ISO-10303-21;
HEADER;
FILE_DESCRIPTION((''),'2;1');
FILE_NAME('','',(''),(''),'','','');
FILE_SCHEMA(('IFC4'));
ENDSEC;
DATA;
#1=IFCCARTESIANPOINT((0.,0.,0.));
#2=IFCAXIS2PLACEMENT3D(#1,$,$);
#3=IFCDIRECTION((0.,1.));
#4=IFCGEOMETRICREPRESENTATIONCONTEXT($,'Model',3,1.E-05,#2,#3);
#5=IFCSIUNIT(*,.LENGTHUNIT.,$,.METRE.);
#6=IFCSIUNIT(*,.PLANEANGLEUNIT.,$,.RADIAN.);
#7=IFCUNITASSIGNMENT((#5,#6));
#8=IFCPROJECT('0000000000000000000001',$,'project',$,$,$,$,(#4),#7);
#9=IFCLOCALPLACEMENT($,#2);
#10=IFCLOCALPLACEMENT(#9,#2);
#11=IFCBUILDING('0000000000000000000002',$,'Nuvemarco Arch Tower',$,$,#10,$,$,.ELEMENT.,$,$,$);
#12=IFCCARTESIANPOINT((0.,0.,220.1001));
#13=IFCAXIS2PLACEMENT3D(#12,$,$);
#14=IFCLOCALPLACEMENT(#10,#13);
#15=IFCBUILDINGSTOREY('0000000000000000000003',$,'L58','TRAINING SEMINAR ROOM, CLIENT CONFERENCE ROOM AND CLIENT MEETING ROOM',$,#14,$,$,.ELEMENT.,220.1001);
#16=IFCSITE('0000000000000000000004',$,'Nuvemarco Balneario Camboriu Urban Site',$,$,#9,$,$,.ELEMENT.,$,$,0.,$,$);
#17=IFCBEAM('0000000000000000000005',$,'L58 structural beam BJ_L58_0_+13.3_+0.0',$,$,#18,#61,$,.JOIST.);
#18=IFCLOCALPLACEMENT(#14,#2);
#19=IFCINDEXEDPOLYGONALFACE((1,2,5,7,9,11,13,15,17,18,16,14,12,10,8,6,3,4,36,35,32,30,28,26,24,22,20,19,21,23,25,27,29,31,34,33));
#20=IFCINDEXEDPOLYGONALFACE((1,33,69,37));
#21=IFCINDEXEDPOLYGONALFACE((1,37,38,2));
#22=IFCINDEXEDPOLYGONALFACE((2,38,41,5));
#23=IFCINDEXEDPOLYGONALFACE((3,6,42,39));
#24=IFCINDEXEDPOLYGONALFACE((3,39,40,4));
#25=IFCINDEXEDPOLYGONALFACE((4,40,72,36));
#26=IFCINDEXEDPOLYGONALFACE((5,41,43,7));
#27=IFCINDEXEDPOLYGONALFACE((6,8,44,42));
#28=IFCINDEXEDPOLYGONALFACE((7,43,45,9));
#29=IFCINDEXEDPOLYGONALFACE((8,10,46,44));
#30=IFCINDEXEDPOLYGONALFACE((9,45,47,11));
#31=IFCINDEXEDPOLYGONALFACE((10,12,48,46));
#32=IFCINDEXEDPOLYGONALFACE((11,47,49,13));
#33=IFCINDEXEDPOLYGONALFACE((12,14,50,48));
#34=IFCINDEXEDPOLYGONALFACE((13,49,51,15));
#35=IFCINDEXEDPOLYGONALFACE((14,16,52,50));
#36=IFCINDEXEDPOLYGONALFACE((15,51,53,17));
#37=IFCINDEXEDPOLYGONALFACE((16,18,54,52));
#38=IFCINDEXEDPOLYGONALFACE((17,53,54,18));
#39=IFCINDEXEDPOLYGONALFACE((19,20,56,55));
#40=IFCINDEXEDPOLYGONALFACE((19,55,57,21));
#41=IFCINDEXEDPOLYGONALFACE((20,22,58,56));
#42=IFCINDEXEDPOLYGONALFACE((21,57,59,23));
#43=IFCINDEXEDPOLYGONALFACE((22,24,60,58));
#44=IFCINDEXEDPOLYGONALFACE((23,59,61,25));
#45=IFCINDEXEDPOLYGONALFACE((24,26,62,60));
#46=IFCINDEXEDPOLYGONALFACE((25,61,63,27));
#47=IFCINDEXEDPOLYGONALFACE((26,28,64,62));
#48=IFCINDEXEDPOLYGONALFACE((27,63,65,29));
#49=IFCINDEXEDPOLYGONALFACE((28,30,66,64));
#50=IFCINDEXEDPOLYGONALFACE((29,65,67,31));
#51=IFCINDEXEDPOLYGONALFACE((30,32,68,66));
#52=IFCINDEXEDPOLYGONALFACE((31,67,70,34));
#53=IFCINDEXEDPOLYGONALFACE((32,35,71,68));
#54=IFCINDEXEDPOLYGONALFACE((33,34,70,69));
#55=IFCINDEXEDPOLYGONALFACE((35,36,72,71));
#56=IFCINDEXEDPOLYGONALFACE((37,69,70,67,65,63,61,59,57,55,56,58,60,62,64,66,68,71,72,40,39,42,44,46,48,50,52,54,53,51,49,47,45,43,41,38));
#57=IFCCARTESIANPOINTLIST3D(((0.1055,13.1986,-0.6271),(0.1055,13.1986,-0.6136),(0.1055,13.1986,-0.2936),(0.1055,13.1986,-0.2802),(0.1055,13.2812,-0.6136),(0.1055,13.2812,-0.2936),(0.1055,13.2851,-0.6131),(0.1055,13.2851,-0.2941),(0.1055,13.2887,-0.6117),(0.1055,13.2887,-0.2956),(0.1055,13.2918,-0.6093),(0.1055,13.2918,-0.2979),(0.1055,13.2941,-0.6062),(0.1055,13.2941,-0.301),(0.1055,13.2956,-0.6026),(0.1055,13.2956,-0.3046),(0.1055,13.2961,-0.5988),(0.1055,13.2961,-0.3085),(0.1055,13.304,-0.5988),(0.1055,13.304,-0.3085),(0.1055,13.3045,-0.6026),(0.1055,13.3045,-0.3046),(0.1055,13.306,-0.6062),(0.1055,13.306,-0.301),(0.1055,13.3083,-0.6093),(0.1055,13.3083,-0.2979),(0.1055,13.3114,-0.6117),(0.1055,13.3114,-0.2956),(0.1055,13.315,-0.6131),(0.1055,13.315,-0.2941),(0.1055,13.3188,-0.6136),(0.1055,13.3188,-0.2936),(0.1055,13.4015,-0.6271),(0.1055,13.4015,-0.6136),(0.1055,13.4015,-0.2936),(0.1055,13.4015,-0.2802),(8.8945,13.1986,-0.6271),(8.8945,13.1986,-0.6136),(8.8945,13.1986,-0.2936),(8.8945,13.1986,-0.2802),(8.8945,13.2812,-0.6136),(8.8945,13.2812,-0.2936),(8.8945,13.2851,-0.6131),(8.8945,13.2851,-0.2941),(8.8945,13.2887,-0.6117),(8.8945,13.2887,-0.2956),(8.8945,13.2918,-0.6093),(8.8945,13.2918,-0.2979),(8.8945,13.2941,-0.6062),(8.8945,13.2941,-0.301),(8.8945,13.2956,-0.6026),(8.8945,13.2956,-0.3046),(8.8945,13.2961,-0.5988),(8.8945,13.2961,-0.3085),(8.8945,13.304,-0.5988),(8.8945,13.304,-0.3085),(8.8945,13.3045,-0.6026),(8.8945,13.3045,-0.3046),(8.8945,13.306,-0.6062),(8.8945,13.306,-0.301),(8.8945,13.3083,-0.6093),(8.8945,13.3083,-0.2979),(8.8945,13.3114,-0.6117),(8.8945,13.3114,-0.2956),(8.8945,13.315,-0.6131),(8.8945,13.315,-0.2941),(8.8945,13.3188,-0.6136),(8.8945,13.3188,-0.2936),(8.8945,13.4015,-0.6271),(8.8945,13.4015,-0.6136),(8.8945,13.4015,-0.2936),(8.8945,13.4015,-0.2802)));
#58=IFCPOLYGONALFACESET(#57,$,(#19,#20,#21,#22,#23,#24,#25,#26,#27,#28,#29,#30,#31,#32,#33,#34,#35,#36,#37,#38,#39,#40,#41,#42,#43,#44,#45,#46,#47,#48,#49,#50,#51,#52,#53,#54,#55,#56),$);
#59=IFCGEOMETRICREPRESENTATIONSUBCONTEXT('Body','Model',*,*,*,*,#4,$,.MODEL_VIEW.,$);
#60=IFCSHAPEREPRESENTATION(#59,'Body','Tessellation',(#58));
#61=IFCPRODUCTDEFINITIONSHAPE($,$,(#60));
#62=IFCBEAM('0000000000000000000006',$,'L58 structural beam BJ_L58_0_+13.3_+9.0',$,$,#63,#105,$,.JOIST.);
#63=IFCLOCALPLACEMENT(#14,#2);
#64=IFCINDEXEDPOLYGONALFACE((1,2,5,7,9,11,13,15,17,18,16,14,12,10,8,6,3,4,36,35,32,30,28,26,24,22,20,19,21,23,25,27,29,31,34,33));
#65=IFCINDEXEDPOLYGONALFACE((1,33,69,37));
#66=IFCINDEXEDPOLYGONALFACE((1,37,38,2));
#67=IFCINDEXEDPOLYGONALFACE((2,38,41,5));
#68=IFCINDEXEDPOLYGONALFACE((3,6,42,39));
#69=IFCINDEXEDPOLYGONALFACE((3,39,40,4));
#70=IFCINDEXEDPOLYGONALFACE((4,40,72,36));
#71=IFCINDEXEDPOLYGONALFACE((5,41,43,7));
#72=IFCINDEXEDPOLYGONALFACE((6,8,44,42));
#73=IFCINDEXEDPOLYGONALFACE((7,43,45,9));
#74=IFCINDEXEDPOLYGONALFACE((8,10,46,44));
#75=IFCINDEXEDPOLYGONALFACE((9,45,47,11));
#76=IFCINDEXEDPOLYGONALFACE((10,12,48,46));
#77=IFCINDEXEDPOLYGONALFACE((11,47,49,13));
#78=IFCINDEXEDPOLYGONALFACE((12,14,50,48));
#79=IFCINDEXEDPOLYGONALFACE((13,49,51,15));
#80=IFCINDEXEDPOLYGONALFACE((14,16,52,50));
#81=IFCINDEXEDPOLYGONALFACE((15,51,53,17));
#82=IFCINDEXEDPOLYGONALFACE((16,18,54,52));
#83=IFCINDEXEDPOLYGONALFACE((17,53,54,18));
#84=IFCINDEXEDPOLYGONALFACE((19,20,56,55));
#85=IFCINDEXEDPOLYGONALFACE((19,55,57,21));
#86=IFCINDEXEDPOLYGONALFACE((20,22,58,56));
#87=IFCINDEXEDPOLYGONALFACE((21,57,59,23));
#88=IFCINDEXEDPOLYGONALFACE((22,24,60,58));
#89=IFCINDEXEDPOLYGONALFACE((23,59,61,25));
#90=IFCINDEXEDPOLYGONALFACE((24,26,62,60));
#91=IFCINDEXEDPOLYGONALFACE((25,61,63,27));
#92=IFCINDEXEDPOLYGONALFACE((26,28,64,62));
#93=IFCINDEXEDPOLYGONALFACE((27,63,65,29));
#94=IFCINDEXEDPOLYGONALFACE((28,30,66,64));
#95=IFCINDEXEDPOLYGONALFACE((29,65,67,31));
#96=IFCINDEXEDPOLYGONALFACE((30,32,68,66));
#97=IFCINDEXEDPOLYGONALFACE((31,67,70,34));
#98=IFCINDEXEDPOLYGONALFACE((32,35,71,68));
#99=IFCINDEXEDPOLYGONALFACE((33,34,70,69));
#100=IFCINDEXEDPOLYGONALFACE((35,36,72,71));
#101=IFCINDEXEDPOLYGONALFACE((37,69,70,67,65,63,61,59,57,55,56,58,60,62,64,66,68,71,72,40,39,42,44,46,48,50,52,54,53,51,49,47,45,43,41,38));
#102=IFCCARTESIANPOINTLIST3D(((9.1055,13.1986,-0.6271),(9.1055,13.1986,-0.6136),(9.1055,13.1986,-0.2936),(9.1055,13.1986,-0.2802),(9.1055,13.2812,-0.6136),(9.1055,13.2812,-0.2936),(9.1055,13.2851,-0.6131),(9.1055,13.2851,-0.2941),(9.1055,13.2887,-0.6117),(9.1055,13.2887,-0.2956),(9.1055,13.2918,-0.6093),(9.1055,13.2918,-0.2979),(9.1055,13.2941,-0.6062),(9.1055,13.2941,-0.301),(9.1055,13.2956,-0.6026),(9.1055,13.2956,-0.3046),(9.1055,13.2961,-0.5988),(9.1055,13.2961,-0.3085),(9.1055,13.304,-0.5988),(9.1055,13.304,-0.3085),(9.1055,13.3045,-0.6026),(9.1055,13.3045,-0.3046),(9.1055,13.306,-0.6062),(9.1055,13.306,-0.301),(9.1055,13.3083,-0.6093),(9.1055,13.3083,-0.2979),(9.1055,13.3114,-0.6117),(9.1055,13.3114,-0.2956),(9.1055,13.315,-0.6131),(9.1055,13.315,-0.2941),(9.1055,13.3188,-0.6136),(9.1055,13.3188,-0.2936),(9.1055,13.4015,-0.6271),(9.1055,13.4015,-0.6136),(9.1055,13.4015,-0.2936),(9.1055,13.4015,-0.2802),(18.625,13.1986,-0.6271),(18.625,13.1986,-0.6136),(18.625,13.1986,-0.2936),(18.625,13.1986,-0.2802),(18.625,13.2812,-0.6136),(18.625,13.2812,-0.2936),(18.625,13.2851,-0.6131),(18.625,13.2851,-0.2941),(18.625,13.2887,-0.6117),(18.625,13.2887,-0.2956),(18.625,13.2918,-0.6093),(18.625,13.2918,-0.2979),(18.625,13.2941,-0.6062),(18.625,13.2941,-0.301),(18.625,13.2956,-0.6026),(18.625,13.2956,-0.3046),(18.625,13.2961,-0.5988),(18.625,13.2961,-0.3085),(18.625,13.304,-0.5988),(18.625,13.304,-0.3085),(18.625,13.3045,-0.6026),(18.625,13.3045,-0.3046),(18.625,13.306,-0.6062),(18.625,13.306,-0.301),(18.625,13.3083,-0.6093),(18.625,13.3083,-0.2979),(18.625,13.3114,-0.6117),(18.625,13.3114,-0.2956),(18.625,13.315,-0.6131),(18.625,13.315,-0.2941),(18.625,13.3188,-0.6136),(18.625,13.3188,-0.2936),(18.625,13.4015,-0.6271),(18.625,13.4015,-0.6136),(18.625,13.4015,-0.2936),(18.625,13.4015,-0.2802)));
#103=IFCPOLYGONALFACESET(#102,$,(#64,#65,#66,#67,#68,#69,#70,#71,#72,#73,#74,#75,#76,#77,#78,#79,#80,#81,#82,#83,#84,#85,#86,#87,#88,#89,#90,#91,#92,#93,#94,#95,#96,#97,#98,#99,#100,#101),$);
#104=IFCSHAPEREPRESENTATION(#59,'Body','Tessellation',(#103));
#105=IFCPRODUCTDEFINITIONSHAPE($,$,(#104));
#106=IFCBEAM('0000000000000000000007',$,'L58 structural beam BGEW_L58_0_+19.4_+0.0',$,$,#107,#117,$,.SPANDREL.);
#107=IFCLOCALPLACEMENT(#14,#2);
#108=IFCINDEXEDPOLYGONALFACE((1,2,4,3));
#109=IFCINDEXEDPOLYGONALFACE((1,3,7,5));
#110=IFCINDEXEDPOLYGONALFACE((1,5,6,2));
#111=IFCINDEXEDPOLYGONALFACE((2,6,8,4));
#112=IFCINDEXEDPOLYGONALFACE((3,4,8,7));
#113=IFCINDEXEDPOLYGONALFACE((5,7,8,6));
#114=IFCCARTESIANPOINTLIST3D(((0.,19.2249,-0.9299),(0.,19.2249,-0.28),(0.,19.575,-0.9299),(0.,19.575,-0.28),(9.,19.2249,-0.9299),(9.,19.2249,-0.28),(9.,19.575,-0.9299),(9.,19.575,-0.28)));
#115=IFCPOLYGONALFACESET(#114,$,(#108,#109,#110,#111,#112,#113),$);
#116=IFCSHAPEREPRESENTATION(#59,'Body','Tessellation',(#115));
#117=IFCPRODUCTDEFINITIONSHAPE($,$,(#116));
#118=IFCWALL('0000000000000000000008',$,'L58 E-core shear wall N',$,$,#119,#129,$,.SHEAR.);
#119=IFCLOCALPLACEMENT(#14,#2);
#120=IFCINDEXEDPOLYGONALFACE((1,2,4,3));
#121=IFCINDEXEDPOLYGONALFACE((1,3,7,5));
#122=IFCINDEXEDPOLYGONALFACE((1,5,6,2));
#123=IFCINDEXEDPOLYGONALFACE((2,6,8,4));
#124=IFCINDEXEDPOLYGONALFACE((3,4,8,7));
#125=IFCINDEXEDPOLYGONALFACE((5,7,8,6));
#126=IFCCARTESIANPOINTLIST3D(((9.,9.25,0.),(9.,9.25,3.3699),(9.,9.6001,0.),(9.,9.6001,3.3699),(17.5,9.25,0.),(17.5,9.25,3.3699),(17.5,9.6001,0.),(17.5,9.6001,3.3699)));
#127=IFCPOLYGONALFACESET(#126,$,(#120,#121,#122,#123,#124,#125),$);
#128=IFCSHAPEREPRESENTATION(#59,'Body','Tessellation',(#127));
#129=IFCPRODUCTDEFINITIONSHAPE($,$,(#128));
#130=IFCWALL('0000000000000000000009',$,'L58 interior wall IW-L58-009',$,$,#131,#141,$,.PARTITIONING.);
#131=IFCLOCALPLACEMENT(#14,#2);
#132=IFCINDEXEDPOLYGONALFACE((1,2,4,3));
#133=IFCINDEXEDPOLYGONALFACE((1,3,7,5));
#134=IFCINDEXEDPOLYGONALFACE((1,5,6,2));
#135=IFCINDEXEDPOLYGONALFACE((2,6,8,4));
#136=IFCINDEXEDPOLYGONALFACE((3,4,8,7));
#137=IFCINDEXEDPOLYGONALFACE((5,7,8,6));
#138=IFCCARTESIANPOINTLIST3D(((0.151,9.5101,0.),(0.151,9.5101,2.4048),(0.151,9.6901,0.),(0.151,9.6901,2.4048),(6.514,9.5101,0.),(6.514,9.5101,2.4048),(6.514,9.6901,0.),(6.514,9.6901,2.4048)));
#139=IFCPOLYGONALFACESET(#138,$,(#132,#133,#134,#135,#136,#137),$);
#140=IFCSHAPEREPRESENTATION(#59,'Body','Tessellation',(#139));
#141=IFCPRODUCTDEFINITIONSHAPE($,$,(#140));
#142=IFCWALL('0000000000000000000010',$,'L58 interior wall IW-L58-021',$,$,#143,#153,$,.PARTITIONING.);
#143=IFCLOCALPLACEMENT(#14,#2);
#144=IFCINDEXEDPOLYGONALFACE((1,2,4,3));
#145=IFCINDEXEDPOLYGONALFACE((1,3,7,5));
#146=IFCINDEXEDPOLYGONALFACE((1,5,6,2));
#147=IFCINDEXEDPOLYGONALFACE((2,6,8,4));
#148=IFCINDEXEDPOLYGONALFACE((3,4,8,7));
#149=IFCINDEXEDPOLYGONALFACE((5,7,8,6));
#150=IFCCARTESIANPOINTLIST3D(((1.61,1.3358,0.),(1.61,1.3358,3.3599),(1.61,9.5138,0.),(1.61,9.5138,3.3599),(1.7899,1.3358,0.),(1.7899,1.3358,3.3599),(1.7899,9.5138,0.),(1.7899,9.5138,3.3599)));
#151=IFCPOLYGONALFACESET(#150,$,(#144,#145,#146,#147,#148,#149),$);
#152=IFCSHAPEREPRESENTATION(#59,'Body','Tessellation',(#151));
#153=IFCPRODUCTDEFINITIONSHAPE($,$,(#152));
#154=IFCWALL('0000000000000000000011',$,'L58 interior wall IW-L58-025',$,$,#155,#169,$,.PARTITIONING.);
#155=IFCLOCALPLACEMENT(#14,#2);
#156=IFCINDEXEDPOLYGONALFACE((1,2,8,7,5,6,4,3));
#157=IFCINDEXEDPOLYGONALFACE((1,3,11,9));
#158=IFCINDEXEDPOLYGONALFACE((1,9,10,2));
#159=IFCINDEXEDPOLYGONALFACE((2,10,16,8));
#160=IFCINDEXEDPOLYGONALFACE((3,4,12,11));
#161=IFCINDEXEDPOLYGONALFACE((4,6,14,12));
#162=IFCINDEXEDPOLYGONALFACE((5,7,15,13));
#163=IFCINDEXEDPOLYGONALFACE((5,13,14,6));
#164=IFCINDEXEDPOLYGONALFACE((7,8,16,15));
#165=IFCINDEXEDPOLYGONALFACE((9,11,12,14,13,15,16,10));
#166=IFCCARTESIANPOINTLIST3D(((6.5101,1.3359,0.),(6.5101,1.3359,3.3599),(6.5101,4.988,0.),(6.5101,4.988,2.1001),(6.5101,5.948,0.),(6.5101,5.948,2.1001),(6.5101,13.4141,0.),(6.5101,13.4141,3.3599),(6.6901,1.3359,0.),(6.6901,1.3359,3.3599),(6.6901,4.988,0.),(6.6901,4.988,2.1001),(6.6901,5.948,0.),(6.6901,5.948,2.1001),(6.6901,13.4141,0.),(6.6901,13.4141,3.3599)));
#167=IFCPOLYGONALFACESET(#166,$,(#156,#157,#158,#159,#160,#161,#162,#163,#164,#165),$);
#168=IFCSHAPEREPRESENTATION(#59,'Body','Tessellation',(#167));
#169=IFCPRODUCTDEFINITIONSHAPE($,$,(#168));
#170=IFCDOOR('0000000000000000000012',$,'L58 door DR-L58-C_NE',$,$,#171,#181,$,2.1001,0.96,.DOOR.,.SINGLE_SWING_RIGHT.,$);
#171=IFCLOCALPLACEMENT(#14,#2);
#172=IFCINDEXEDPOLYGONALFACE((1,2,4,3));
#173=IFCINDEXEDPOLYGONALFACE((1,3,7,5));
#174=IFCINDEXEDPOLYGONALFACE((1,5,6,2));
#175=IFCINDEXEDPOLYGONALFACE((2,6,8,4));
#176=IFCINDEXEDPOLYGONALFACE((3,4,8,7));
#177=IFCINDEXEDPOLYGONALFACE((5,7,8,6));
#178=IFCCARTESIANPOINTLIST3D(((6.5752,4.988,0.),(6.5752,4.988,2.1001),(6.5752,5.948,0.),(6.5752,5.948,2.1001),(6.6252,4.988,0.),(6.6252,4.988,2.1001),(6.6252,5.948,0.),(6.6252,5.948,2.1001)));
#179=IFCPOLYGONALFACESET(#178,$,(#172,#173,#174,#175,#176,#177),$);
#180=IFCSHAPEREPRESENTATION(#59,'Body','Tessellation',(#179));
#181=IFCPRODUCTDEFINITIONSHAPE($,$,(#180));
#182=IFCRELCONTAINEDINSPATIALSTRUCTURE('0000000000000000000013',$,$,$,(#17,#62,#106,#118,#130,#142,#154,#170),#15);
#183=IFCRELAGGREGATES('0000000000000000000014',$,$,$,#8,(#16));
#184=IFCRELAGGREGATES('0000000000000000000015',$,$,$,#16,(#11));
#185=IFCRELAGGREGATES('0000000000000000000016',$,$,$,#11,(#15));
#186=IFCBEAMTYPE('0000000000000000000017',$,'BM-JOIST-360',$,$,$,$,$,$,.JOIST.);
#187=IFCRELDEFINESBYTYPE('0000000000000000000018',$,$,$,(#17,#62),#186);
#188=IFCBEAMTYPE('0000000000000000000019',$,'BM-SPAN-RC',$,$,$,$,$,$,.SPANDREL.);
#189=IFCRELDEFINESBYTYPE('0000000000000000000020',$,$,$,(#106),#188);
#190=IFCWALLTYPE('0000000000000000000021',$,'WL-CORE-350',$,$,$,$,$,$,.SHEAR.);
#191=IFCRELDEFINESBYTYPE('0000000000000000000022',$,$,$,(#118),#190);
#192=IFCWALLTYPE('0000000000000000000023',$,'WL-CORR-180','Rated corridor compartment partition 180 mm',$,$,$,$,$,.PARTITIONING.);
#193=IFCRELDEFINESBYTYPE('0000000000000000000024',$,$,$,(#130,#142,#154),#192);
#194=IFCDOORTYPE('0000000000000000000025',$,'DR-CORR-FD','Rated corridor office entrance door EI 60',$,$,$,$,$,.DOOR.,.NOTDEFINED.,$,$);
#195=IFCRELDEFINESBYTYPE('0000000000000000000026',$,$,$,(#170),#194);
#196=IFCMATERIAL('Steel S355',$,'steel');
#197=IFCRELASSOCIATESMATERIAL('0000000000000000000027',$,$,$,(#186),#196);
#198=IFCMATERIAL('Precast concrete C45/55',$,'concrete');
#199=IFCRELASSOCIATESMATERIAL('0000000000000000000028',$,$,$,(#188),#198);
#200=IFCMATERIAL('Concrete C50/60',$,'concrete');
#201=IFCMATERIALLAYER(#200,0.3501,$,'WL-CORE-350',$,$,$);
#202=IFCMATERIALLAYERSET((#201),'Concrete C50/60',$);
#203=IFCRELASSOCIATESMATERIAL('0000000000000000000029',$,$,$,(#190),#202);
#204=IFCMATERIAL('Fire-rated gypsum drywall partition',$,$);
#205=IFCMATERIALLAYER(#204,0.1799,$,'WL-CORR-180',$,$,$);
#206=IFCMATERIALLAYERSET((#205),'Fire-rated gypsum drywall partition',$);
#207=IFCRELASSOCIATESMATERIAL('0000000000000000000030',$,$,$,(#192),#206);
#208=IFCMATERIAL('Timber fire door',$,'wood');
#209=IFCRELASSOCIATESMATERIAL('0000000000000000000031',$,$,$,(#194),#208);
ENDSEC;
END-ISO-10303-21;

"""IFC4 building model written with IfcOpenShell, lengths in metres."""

from ifc_helpers import new_model, si_unit, direction, frame, frame_2d, origin, origin_2d, place, context, subcontext, project, spatial, rectangle, i_section, extrude, source, transform, mapped, material, layer, layer_set, material_profile, profile_set, type_object, type_shapes, element, fill, save


model = new_model("IFC4")

# Units and contexts
model_context = context("Model", 3, precision=1e-05, world=origin(), true_north=direction((0.0, 1.0)))
body_context = subcontext(model_context, "Body", "Model", "MODEL_VIEW")
ifc_project = project(units=[si_unit("LENGTHUNIT", "METRE"), si_unit("PLANEANGLEUNIT", "RADIAN")], contexts=[model_context])

# Site, building, storey
site_placement = place(None, origin())
site = spatial("IfcSite", under=ifc_project, at=site_placement, Name="Nuvemarco Balneario Camboriu Urban Site", CompositionType="ELEMENT", RefElevation=0.0)
building_placement = place(site_placement, origin())
building = spatial("IfcBuilding", under=site, at=building_placement, Name="Nuvemarco Arch Tower", CompositionType="ELEMENT")
storey_placement = place(building_placement, frame((0.0, 0.0, 220.1001)))
storey = spatial("IfcBuildingStorey", under=building, at=storey_placement, Name="L58", Description="TRAINING SEMINAR ROOM, CLIENT CONFERENCE ROOM AND CLIENT MEETING ROOM", CompositionType="ELEMENT", Elevation=220.1001)

# Shared definitions
ifc_material_1 = material(Name="Concrete C50/60", Category="concrete")
ifc_material_2 = material(Name="Steel S355", Category="steel")

# Beams
ifc_material_profile_1 = material_profile(ifc_material_2, i_section(OverallWidth=0.2029, OverallDepth=0.3469, WebThickness=0.0078, FlangeThickness=0.0134, FilletRadius=0.0149, at=origin_2d()), Name="W360x64")
ifc_profile_set_1 = profile_set([ifc_material_profile_1], Name="Steel S355")
beam_type_1 = type_object("IfcBeamType", Name="BM-JOIST-360", PredefinedType="JOIST", material=ifc_profile_set_1)
beam_1_placement = place(storey_placement, frame((0.1055, 13.3, -0.4536), z_axis=(1.0, 0.0, 0.0), x_axis=(0.0, 1.0, 0.0)))
element("IfcBeam", 1, at=beam_1_placement, inside=storey, type_object=beam_type_1, Name="L58 structural beam BJ_L58_0_+13.3_+0.0", PredefinedType="JOIST", context=body_context, shape_type="SweptSolid", body=[
    extrude(i_section(OverallWidth=0.2029, OverallDepth=0.3469, WebThickness=0.0078, FlangeThickness=0.0134, FilletRadius=0.0149, at=origin_2d()), origin(), (0.0, 0.0, 1.0), 8.7891),
])
beam_2_placement = place(storey_placement, frame((9.1055, 13.3, -0.4536), z_axis=(1.0, 0.0, 0.0), x_axis=(0.0, 1.0, 0.0)))
element("IfcBeam", 2, at=beam_2_placement, inside=storey, type_object=beam_type_1, Name="L58 structural beam BJ_L58_0_+13.3_+9.0", PredefinedType="JOIST", context=body_context, shape_type="SweptSolid", body=[
    extrude(i_section(OverallWidth=0.2029, OverallDepth=0.3469, WebThickness=0.0078, FlangeThickness=0.0134, FilletRadius=0.0149, at=origin_2d()), origin(), (0.0, 0.0, 1.0), 9.5195),
])
ifc_material_3 = material(Name="Precast concrete C45/55", Category="concrete")
ifc_material_profile_2 = material_profile(ifc_material_3, rectangle(XDim=0.3501, YDim=0.6499, at=origin_2d()), Name="PC-SP-350x650")
ifc_profile_set_2 = profile_set([ifc_material_profile_2], Name="Precast concrete C45/55")
beam_type_2 = type_object("IfcBeamType", Name="BM-SPAN-RC", PredefinedType="SPANDREL", material=ifc_profile_set_2)
beam_3_placement = place(storey_placement, frame((0.0, 19.3999, -0.605), z_axis=(1.0, 0.0, 0.0), x_axis=(0.0, 1.0, 0.0)))
element("IfcBeam", 3, at=beam_3_placement, inside=storey, type_object=beam_type_2, Name="L58 structural beam BGEW_L58_0_+19.4_+0.0", PredefinedType="SPANDREL", context=body_context, shape_type="SweptSolid", body=[
    extrude(rectangle(XDim=0.3501, YDim=0.6499, at=origin_2d()), origin(), (0.0, 0.0, 1.0), 9.0),
])

# Walls
ifc_layer_1 = layer(ifc_material_1, 0.3501, Name="WL-CORE-350")
ifc_layer_set_1 = layer_set([ifc_layer_1], Name="Concrete C50/60")
wall_type_1 = type_object("IfcWallType", Name="WL-CORE-350", PredefinedType="SHEAR", material=ifc_layer_set_1)
wall_1_placement = place(storey_placement, frame((9.0, 9.425, 0.0), z_axis=(0.0, 0.0, 1.0), x_axis=(1.0, 0.0, 0.0)))
element("IfcWall", 4, at=wall_1_placement, inside=storey, type_object=wall_type_1, Name="L58 E-core shear wall N", PredefinedType="SHEAR", context=body_context, shape_type="SweptSolid", body=[
    extrude(rectangle(XDim=8.5, YDim=0.3501, at=frame_2d((4.25, 0.0))), origin(), (0.0, 0.0, 1.0), 3.3699),
])
ifc_material_4 = material(Name="Fire-rated gypsum drywall partition")
ifc_layer_2 = layer(ifc_material_4, 0.1799, Name="WL-CORR-180")
ifc_layer_set_2 = layer_set([ifc_layer_2], Name="Fire-rated gypsum drywall partition")
wall_type_2 = type_object("IfcWallType", Name="WL-CORR-180", Description="Rated corridor compartment partition 180 mm", PredefinedType="PARTITIONING", material=ifc_layer_set_2)
wall_2_placement = place(storey_placement, frame((0.1509, 9.6001, 0.0), z_axis=(0.0, 0.0, 1.0), x_axis=(1.0, 0.0, 0.0)))
element("IfcWall", 5, at=wall_2_placement, inside=storey, type_object=wall_type_2, Name="L58 interior wall IW-L58-009", PredefinedType="PARTITIONING", context=body_context, shape_type="SweptSolid", body=[
    extrude(rectangle(XDim=6.363, YDim=0.1799, at=frame_2d((3.1816, 0.0))), origin(), (0.0, 0.0, 1.0), 2.4048),
])
wall_3_placement = place(storey_placement, frame((1.7, 1.3359, 0.0), z_axis=(0.0, 0.0, 1.0), x_axis=(0.0, 1.0, 0.0)))
element("IfcWall", 6, at=wall_3_placement, inside=storey, type_object=wall_type_2, Name="L58 interior wall IW-L58-021", PredefinedType="PARTITIONING", context=body_context, shape_type="SweptSolid", body=[
    extrude(rectangle(XDim=8.178, YDim=0.1799, at=frame_2d((4.0889, 0.0))), origin(), (0.0, 0.0, 1.0), 3.3599),
])

# Wall, opening, door
wall_4_placement = place(storey_placement, frame((6.6001, 1.3359, 0.0), z_axis=(0.0, 0.0, 1.0), x_axis=(0.0, 1.0, 0.0)))
wall_4 = element("IfcWall", 7, at=wall_4_placement, inside=storey, type_object=wall_type_2, Name="L58 interior wall IW-L58-025", PredefinedType="PARTITIONING", context=body_context, shape_type="SweptSolid", body=[
    extrude(rectangle(XDim=12.0781, YDim=0.1799, at=frame_2d((6.0391, 0.0))), origin(), (0.0, 0.0, 1.0), 3.3599),
])
opening_placement = place(wall_4_placement, frame((3.6521, 0.0, 0.0)))
opening = element("IfcOpeningElement", 8, at=opening_placement, cuts=wall_4, PredefinedType="OPENING", context=body_context, shape_type="SweptSolid", body=[
    extrude(rectangle(XDim=0.96, YDim=2.1001, at=frame_2d((0.48, 1.05))), frame((0.0, 0.0999, 0.0), z_axis=(0.0, -1.0, 0.0), x_axis=(1.0, 0.0, 0.0)), (0.0, 0.0, 1.0), 0.2),
])
ifc_material_5 = material(Name="Timber fire door", Category="wood")
door_type = type_object("IfcDoorType", Name="DR-CORR-FD", Description="Rated corridor office entrance door EI 60", OperationType="NOTDEFINED", PredefinedType="DOOR", material=ifc_material_5)
shared_shape_1 = source(origin(), body_context, "Body", "SweptSolid", [
    extrude(rectangle(XDim=0.96, YDim=2.1001, at=frame_2d((0.48, 1.05))), frame((0.0, 0.0249, 0.0), z_axis=(0.0, -1.0, 0.0), x_axis=(1.0, 0.0, 0.0)), (0.0, 0.0, 1.0), 0.05),
])
type_shapes(door_type, [shared_shape_1])
door_placement = place(opening_placement, origin())
door = element("IfcDoor", 9, at=door_placement, inside=storey, type_object=door_type, Name="L58 door DR-L58-C_NE", OperationType="SINGLE_SWING_RIGHT", OverallHeight=2.1001, OverallWidth=0.96, PredefinedType="DOOR", context=body_context, shape_type="MappedRepresentation", body=[
    mapped(shared_shape_1, transform((0.0, 0.0, 0.0), scale=1.0)),
])
fill(opening, door)

save(model, "model.ifc")
